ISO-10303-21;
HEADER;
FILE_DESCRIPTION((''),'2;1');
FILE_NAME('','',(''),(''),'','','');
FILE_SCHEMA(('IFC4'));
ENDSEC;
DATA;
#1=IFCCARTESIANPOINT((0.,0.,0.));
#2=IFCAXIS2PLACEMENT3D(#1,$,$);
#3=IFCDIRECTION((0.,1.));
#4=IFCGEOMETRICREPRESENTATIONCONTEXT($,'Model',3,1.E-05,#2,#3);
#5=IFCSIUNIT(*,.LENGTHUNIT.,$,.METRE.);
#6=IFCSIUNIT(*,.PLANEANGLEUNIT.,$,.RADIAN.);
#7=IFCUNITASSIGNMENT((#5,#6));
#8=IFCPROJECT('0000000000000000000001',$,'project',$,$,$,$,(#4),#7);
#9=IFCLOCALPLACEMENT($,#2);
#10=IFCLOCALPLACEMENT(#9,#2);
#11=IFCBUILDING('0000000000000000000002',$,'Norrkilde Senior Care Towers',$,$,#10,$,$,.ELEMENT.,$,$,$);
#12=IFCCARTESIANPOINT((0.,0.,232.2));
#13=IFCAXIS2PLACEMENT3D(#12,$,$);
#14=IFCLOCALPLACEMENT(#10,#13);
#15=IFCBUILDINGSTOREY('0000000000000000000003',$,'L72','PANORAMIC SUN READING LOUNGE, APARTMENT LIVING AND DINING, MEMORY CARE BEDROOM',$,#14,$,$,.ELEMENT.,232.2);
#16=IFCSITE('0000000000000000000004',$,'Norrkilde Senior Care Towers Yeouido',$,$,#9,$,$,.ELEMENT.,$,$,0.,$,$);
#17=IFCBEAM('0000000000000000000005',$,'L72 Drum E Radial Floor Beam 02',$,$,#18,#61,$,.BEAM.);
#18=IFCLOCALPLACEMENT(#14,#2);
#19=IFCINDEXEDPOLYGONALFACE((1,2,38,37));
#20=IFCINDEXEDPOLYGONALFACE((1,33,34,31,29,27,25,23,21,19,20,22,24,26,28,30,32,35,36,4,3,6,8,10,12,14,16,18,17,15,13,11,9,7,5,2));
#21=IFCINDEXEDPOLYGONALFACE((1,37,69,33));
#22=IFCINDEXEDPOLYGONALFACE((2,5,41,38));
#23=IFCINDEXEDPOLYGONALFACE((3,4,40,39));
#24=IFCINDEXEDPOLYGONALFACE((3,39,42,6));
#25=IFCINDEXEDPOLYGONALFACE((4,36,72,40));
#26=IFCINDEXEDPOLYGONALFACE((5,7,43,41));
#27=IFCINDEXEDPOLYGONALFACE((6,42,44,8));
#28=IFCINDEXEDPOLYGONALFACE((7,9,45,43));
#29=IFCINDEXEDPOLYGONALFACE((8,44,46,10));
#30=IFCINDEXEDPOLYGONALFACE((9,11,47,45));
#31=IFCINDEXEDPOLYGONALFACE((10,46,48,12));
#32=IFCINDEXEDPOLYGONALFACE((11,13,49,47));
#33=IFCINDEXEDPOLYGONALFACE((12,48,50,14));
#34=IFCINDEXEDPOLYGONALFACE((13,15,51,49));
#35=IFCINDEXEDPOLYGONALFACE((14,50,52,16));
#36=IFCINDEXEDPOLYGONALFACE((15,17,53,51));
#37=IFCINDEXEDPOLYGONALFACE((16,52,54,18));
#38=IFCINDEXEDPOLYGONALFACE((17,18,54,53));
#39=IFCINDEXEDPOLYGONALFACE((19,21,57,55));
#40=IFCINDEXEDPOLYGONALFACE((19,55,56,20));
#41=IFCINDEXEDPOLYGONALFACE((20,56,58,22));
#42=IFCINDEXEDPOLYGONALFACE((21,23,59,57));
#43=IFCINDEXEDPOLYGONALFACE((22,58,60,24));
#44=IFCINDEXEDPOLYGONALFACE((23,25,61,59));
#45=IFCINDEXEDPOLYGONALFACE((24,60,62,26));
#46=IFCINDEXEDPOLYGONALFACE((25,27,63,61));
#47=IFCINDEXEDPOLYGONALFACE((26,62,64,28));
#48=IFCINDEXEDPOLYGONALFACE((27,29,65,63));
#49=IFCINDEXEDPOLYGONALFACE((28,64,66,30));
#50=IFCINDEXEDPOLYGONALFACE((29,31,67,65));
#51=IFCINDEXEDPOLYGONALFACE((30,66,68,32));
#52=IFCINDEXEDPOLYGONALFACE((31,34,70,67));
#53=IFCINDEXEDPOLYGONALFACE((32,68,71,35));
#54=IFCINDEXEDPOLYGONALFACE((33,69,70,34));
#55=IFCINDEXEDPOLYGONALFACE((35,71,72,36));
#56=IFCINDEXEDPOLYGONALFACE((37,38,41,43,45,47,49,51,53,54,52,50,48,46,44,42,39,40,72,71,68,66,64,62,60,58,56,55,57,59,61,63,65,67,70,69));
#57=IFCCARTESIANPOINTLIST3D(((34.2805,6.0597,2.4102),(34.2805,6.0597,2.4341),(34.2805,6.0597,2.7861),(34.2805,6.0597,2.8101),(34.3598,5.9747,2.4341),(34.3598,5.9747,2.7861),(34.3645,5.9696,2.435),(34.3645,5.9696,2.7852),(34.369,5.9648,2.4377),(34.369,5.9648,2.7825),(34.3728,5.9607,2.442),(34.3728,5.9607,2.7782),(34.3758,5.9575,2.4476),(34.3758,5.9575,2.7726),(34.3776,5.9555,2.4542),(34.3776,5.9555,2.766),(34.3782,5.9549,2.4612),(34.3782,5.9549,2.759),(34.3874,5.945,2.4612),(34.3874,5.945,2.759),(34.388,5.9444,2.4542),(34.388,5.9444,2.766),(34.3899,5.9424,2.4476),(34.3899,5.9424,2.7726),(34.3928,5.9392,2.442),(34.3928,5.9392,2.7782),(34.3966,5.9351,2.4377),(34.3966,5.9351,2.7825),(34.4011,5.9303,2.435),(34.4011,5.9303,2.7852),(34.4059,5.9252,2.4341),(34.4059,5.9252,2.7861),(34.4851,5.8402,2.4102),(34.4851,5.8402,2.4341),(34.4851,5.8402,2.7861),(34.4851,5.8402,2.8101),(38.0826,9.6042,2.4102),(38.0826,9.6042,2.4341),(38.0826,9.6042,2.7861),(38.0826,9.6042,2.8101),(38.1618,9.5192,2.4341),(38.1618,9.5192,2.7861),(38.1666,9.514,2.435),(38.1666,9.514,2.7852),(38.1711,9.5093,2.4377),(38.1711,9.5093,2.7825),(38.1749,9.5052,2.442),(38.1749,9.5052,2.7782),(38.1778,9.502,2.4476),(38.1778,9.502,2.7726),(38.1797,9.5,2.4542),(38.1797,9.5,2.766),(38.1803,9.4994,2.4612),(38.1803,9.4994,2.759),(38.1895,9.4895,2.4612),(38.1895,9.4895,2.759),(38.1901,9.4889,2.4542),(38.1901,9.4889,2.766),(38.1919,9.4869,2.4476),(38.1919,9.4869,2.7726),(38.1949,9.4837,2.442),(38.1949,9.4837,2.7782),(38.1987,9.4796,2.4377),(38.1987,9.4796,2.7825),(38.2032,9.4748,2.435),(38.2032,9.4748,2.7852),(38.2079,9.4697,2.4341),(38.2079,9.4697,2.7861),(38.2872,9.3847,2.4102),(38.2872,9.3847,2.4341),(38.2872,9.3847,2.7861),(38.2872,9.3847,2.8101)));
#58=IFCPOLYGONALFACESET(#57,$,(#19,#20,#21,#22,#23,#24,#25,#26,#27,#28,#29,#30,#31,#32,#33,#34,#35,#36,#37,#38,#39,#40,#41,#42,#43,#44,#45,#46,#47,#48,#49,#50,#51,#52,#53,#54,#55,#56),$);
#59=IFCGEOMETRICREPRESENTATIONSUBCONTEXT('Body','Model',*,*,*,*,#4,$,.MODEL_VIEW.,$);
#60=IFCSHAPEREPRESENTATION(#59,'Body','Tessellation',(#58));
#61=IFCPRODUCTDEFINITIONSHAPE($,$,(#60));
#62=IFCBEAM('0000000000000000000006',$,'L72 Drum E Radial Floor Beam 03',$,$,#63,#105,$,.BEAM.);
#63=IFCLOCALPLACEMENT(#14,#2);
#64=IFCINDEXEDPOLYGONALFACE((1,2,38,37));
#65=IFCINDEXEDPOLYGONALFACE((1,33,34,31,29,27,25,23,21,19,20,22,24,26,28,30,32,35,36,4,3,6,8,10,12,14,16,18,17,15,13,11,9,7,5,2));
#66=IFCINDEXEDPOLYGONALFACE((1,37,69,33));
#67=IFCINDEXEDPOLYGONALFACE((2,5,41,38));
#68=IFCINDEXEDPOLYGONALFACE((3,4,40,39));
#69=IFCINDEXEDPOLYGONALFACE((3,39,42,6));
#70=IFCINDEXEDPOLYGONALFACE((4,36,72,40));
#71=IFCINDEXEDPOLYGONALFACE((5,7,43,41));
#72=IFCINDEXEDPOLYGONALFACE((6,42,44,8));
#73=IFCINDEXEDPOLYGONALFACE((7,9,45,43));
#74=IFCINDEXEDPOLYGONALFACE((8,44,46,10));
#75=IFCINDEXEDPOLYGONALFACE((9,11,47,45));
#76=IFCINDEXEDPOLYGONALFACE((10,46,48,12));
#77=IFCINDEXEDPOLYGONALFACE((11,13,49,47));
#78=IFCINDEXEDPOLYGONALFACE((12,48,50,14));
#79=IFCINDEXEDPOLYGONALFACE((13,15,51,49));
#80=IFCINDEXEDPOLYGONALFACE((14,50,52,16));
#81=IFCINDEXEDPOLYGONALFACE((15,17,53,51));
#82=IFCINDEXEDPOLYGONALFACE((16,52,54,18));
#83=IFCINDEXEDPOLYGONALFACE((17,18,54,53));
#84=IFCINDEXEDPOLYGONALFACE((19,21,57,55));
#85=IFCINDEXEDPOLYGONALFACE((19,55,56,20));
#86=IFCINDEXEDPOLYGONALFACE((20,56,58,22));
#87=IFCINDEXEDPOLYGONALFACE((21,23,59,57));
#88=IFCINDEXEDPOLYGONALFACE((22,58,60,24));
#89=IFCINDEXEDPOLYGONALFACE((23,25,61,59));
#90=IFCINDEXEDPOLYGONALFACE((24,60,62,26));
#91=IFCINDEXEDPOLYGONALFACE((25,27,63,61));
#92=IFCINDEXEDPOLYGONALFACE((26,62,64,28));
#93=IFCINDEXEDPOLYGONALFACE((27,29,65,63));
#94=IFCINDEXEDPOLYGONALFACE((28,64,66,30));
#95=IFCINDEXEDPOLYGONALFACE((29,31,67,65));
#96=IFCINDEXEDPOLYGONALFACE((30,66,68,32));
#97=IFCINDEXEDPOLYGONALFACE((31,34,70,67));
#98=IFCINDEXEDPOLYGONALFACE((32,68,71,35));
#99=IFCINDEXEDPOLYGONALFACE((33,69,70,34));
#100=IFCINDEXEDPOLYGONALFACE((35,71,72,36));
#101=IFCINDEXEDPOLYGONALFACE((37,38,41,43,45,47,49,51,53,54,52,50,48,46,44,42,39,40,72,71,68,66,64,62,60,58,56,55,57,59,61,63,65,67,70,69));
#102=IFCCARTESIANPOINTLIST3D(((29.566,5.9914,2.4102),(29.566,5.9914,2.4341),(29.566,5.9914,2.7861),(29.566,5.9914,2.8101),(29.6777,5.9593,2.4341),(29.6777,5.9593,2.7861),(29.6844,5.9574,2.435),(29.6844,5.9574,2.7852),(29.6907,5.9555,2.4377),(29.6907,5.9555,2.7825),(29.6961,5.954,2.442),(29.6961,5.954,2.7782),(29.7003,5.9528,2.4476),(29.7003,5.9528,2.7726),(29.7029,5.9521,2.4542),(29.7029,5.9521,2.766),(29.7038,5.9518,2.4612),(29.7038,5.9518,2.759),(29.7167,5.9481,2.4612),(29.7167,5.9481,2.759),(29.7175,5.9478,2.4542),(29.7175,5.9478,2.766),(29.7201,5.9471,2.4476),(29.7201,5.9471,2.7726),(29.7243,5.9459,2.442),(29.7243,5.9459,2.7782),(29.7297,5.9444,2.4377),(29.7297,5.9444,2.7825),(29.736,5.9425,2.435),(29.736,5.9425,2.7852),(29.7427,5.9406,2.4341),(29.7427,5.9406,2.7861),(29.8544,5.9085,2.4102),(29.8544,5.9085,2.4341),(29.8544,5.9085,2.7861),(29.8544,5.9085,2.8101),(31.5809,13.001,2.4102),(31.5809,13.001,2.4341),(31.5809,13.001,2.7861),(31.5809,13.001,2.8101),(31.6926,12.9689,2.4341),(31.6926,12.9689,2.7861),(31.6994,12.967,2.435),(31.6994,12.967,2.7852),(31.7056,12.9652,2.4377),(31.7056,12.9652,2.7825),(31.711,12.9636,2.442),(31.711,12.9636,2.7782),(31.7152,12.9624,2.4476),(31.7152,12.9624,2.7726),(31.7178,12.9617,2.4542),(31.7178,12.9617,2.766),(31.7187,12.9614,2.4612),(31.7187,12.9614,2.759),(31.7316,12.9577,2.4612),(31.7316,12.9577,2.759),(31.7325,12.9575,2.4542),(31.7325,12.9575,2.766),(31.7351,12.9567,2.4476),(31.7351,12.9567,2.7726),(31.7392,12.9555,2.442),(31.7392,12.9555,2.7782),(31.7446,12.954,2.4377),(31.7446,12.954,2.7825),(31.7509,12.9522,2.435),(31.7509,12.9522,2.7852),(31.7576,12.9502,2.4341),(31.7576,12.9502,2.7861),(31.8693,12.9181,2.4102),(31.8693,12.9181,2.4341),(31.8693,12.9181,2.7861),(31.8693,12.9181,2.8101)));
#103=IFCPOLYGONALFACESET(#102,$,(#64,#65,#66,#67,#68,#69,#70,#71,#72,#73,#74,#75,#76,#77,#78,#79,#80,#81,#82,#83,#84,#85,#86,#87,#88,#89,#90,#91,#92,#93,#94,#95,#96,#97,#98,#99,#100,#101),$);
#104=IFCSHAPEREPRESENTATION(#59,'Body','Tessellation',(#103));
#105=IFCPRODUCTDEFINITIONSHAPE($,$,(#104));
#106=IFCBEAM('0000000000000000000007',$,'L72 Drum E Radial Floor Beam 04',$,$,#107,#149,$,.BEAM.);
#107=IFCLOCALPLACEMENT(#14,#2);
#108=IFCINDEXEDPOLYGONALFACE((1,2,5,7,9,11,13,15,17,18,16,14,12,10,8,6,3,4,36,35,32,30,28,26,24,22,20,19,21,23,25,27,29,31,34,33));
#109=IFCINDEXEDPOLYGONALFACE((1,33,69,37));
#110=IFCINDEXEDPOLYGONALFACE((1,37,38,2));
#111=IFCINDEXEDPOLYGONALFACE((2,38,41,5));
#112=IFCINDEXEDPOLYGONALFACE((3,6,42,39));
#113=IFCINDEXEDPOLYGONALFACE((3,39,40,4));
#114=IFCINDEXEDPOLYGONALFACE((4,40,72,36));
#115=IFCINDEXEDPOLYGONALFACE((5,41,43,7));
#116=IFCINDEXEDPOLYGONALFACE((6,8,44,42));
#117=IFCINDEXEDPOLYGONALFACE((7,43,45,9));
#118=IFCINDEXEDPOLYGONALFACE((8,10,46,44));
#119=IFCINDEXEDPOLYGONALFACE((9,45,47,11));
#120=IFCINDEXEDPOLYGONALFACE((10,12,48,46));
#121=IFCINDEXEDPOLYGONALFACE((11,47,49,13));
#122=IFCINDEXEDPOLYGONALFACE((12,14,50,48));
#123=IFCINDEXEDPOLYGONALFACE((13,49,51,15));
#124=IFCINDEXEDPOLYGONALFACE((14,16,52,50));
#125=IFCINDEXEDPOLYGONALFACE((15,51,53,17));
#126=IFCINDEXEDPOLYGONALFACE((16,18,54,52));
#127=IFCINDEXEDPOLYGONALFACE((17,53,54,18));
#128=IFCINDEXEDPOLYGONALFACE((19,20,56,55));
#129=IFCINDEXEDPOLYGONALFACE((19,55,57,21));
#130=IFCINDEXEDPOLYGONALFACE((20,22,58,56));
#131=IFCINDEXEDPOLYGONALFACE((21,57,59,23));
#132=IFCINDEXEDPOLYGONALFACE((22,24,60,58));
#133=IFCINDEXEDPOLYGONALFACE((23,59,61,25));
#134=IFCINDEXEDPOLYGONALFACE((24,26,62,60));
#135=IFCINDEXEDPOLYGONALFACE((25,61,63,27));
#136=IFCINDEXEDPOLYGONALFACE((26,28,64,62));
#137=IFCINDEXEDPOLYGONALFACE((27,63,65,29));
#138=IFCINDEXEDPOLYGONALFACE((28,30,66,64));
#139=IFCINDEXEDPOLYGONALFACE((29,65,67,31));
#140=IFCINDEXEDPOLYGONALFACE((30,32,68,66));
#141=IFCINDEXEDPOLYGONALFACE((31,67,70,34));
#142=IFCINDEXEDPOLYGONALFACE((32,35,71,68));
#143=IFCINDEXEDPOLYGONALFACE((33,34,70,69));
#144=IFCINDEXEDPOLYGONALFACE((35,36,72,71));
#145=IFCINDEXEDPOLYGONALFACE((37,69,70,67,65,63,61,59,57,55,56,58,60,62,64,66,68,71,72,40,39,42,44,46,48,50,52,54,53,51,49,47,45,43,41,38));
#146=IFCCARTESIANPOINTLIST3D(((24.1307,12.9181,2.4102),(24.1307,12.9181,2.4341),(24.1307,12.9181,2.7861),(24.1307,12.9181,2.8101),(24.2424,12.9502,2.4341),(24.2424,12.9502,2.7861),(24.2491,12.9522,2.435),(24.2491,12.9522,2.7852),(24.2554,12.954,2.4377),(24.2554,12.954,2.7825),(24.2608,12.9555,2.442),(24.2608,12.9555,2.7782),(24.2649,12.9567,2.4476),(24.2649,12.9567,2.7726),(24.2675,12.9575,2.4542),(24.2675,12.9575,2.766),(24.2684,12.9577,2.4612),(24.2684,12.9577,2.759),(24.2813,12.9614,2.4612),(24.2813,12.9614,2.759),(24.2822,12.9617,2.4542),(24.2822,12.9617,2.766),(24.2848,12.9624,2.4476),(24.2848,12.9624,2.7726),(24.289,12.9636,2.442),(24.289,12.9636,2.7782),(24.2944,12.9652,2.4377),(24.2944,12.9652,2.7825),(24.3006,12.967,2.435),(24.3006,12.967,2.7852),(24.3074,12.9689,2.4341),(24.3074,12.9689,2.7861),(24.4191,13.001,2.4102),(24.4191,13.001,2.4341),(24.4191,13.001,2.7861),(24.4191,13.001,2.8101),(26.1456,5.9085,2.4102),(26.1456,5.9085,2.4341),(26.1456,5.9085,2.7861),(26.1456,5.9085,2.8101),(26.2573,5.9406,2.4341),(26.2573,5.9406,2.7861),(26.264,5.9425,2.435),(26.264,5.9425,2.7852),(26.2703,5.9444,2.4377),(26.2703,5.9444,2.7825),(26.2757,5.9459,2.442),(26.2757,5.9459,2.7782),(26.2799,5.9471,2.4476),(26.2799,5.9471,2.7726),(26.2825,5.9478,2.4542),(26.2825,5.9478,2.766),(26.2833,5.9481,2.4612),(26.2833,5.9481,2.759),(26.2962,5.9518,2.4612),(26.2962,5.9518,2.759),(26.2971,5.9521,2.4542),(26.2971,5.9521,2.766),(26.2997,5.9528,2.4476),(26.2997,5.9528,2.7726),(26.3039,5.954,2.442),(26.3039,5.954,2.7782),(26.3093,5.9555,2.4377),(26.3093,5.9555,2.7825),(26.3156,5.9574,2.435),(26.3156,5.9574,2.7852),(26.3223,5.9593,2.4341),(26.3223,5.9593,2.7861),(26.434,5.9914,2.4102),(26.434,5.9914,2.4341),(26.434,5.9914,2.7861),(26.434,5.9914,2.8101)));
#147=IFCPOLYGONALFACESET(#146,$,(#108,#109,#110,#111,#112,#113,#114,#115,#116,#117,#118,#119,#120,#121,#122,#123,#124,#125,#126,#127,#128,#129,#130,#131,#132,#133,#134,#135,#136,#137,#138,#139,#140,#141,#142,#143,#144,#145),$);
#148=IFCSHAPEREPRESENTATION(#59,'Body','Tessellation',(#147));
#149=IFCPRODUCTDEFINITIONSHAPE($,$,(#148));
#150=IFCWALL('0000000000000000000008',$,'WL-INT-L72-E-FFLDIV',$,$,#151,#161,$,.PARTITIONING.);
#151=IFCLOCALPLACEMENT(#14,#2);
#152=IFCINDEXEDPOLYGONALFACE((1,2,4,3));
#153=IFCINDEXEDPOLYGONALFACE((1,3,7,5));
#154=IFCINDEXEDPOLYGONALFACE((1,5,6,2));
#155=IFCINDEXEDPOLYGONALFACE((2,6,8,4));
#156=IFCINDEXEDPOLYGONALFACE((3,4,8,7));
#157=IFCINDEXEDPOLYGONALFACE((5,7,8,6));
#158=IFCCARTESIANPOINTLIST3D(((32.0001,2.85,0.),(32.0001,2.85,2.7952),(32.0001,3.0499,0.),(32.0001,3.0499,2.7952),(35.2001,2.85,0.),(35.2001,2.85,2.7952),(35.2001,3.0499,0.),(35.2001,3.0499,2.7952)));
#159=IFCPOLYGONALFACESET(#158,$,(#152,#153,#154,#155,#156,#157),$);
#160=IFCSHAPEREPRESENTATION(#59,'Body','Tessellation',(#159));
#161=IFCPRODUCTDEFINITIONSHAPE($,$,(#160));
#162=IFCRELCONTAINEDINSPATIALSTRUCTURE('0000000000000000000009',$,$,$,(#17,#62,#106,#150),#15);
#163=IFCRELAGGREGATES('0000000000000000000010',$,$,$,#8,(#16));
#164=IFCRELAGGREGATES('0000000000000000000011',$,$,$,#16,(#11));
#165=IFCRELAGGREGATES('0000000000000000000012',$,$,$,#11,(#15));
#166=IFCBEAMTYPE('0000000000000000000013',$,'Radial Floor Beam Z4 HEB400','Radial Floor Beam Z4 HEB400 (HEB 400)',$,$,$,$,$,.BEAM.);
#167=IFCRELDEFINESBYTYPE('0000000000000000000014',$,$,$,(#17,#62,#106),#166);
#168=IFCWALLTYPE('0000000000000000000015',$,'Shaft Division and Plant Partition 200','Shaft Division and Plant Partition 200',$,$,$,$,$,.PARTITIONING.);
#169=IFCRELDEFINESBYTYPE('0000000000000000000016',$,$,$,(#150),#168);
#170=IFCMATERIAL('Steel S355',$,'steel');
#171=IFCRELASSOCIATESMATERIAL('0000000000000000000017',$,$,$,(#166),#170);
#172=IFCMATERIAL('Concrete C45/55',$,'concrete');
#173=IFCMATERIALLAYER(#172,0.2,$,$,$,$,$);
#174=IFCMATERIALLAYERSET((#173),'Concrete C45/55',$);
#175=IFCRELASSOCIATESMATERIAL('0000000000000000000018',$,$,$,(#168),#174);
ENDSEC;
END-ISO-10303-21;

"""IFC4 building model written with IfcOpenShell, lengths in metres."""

from ifc_helpers import new_model, si_unit, direction, frame, frame_2d, origin, origin_2d, place, context, subcontext, project, spatial, rectangle, i_section, extrude, source, transform, mapped, material, layer, layer_set, material_profile, profile_set, type_object, type_shapes, element, save


model = new_model("IFC4")

# Units and contexts
model_context = context("Model", 3, precision=1e-05, world=origin(), true_north=direction((0.0, 1.0)))
body_context = subcontext(model_context, "Body", "Model", "MODEL_VIEW")
ifc_project = project(units=[si_unit("LENGTHUNIT", "METRE"), si_unit("PLANEANGLEUNIT", "RADIAN")], contexts=[model_context])

# Site, building, storey
site_placement = place(None, origin())
site = spatial("IfcSite", under=ifc_project, at=site_placement, Name="Norrkilde Senior Care Towers Yeouido", CompositionType="ELEMENT", RefElevation=0.0)
building_placement = place(site_placement, origin())
building = spatial("IfcBuilding", under=site, at=building_placement, Name="Norrkilde Senior Care Towers", CompositionType="ELEMENT")
storey_placement = place(building_placement, frame((0.0, 0.0, 232.2)))
storey = spatial("IfcBuildingStorey", under=building, at=storey_placement, Name="L72", Description="PANORAMIC SUN READING LOUNGE, APARTMENT LIVING AND DINING, MEMORY CARE BEDROOM", CompositionType="ELEMENT", Elevation=232.2)

# Beams
ifc_material_1 = material(Name="Steel S355", Category="steel")
ifc_material_profile = material_profile(ifc_material_1, i_section(OverallWidth=0.3, OverallDepth=0.3999, WebThickness=0.0134, FlangeThickness=0.0239, FilletRadius=0.0271, at=origin_2d()), Name="HEB 400")
ifc_profile_set = profile_set([ifc_material_profile], Name="Steel S355")
beam_type = type_object("IfcBeamType", Name="Radial Floor Beam Z4 HEB400", Description="Radial Floor Beam Z4 HEB400 (HEB 400)", PredefinedType="BEAM", material=ifc_profile_set)
shared_shape_1 = source(origin(), body_context, "Body", "SweptSolid", [
    extrude(i_section(OverallWidth=0.3, OverallDepth=0.3999, WebThickness=0.0134, FlangeThickness=0.0239, FilletRadius=0.0271, at=origin_2d()), origin(), (0.0, 0.0, 1.0), 5.198),
])
beam_placement = place(storey_placement, frame((34.3828, 5.95, 2.6101), z_axis=(0.731449, 0.681896, 0.0), x_axis=(-0.681896, 0.731449, 0.0)))
element("IfcBeam", 1, at=beam_placement, inside=storey, type_object=beam_type, Name="L72 Drum E Radial Floor Beam 02", PredefinedType="BEAM", context=body_context, shape_type="MappedRepresentation", body=[
    mapped(shared_shape_1, transform((0.0, 0.0, 0.0), x_axis=(1.0, 0.0, 0.0), y_axis=(0.0, 1.0, 0.0), z_axis=(0.0, 0.0, 1.0), scale=1.0)),
])
shared_shape_2 = source(origin(), body_context, "Body", "SweptSolid", [
    extrude(i_section(OverallWidth=0.3, OverallDepth=0.3999, WebThickness=0.0134, FlangeThickness=0.0239, FilletRadius=0.0271, at=origin_2d()), origin(), (0.0, 0.0, 1.0), 7.2935),
])
type_shapes(beam_type, [shared_shape_1, shared_shape_2])
for number, where, z_axis, x_axis, name in (
    (2, (29.7102, 5.95, 2.6101), (0.276264, 0.961082, 0.0), (-0.961082, 0.276264, 0.0), "L72 Drum E Radial Floor Beam 03"),
    (3, (26.2898, 5.95, 2.6101), (-0.276264, 0.961082, 0.0), (-0.961082, -0.276264, 0.0), "L72 Drum E Radial Floor Beam 04"),
):
    element("IfcBeam", number, at=place(storey_placement, frame(where, z_axis=z_axis, x_axis=x_axis)), inside=storey, type_object=beam_type, Name=name, PredefinedType="BEAM", context=body_context, shape_type="MappedRepresentation", body=[
        mapped(shared_shape_2, transform((0.0, 0.0, 0.0), x_axis=(1.0, 0.0, 0.0), y_axis=(0.0, 1.0, 0.0), z_axis=(0.0, 0.0, 1.0), scale=1.0)),
    ])

# Wall
ifc_material_2 = material(Name="Concrete C45/55", Category="concrete")
ifc_layer_1 = layer(ifc_material_2, 0.2)
ifc_layer_set_1 = layer_set([ifc_layer_1], Name="Concrete C45/55")
wall_type_1 = type_object("IfcWallType", Name="Shaft Division and Plant Partition 200", Description="Shaft Division and Plant Partition 200", PredefinedType="PARTITIONING", material=ifc_layer_set_1)
shared_shape_3 = source(origin(), body_context, "Body", "SweptSolid", [
    extrude(rectangle(XDim=3.2, YDim=0.2, at=frame_2d((1.6001, 0.0))), origin(), (0.0, 0.0, 1.0), 2.7952),
])
type_shapes(wall_type_1, [shared_shape_3])
wall_1_placement = place(storey_placement, frame((32.0, 2.95, 0.0), z_axis=(0.0, 0.0, 1.0), x_axis=(1.0, 0.0, 0.0)))
element("IfcWall", 4, at=wall_1_placement, inside=storey, type_object=wall_type_1, Name="WL-INT-L72-E-FFLDIV", PredefinedType="PARTITIONING", context=body_context, shape_type="MappedRepresentation", body=[
    mapped(shared_shape_3, transform((0.0, 0.0, 0.0), x_axis=(1.0, 0.0, 0.0), y_axis=(0.0, 1.0, 0.0), z_axis=(0.0, 0.0, 1.0), scale=1.0)),
])

save(model, "model.ifc")
